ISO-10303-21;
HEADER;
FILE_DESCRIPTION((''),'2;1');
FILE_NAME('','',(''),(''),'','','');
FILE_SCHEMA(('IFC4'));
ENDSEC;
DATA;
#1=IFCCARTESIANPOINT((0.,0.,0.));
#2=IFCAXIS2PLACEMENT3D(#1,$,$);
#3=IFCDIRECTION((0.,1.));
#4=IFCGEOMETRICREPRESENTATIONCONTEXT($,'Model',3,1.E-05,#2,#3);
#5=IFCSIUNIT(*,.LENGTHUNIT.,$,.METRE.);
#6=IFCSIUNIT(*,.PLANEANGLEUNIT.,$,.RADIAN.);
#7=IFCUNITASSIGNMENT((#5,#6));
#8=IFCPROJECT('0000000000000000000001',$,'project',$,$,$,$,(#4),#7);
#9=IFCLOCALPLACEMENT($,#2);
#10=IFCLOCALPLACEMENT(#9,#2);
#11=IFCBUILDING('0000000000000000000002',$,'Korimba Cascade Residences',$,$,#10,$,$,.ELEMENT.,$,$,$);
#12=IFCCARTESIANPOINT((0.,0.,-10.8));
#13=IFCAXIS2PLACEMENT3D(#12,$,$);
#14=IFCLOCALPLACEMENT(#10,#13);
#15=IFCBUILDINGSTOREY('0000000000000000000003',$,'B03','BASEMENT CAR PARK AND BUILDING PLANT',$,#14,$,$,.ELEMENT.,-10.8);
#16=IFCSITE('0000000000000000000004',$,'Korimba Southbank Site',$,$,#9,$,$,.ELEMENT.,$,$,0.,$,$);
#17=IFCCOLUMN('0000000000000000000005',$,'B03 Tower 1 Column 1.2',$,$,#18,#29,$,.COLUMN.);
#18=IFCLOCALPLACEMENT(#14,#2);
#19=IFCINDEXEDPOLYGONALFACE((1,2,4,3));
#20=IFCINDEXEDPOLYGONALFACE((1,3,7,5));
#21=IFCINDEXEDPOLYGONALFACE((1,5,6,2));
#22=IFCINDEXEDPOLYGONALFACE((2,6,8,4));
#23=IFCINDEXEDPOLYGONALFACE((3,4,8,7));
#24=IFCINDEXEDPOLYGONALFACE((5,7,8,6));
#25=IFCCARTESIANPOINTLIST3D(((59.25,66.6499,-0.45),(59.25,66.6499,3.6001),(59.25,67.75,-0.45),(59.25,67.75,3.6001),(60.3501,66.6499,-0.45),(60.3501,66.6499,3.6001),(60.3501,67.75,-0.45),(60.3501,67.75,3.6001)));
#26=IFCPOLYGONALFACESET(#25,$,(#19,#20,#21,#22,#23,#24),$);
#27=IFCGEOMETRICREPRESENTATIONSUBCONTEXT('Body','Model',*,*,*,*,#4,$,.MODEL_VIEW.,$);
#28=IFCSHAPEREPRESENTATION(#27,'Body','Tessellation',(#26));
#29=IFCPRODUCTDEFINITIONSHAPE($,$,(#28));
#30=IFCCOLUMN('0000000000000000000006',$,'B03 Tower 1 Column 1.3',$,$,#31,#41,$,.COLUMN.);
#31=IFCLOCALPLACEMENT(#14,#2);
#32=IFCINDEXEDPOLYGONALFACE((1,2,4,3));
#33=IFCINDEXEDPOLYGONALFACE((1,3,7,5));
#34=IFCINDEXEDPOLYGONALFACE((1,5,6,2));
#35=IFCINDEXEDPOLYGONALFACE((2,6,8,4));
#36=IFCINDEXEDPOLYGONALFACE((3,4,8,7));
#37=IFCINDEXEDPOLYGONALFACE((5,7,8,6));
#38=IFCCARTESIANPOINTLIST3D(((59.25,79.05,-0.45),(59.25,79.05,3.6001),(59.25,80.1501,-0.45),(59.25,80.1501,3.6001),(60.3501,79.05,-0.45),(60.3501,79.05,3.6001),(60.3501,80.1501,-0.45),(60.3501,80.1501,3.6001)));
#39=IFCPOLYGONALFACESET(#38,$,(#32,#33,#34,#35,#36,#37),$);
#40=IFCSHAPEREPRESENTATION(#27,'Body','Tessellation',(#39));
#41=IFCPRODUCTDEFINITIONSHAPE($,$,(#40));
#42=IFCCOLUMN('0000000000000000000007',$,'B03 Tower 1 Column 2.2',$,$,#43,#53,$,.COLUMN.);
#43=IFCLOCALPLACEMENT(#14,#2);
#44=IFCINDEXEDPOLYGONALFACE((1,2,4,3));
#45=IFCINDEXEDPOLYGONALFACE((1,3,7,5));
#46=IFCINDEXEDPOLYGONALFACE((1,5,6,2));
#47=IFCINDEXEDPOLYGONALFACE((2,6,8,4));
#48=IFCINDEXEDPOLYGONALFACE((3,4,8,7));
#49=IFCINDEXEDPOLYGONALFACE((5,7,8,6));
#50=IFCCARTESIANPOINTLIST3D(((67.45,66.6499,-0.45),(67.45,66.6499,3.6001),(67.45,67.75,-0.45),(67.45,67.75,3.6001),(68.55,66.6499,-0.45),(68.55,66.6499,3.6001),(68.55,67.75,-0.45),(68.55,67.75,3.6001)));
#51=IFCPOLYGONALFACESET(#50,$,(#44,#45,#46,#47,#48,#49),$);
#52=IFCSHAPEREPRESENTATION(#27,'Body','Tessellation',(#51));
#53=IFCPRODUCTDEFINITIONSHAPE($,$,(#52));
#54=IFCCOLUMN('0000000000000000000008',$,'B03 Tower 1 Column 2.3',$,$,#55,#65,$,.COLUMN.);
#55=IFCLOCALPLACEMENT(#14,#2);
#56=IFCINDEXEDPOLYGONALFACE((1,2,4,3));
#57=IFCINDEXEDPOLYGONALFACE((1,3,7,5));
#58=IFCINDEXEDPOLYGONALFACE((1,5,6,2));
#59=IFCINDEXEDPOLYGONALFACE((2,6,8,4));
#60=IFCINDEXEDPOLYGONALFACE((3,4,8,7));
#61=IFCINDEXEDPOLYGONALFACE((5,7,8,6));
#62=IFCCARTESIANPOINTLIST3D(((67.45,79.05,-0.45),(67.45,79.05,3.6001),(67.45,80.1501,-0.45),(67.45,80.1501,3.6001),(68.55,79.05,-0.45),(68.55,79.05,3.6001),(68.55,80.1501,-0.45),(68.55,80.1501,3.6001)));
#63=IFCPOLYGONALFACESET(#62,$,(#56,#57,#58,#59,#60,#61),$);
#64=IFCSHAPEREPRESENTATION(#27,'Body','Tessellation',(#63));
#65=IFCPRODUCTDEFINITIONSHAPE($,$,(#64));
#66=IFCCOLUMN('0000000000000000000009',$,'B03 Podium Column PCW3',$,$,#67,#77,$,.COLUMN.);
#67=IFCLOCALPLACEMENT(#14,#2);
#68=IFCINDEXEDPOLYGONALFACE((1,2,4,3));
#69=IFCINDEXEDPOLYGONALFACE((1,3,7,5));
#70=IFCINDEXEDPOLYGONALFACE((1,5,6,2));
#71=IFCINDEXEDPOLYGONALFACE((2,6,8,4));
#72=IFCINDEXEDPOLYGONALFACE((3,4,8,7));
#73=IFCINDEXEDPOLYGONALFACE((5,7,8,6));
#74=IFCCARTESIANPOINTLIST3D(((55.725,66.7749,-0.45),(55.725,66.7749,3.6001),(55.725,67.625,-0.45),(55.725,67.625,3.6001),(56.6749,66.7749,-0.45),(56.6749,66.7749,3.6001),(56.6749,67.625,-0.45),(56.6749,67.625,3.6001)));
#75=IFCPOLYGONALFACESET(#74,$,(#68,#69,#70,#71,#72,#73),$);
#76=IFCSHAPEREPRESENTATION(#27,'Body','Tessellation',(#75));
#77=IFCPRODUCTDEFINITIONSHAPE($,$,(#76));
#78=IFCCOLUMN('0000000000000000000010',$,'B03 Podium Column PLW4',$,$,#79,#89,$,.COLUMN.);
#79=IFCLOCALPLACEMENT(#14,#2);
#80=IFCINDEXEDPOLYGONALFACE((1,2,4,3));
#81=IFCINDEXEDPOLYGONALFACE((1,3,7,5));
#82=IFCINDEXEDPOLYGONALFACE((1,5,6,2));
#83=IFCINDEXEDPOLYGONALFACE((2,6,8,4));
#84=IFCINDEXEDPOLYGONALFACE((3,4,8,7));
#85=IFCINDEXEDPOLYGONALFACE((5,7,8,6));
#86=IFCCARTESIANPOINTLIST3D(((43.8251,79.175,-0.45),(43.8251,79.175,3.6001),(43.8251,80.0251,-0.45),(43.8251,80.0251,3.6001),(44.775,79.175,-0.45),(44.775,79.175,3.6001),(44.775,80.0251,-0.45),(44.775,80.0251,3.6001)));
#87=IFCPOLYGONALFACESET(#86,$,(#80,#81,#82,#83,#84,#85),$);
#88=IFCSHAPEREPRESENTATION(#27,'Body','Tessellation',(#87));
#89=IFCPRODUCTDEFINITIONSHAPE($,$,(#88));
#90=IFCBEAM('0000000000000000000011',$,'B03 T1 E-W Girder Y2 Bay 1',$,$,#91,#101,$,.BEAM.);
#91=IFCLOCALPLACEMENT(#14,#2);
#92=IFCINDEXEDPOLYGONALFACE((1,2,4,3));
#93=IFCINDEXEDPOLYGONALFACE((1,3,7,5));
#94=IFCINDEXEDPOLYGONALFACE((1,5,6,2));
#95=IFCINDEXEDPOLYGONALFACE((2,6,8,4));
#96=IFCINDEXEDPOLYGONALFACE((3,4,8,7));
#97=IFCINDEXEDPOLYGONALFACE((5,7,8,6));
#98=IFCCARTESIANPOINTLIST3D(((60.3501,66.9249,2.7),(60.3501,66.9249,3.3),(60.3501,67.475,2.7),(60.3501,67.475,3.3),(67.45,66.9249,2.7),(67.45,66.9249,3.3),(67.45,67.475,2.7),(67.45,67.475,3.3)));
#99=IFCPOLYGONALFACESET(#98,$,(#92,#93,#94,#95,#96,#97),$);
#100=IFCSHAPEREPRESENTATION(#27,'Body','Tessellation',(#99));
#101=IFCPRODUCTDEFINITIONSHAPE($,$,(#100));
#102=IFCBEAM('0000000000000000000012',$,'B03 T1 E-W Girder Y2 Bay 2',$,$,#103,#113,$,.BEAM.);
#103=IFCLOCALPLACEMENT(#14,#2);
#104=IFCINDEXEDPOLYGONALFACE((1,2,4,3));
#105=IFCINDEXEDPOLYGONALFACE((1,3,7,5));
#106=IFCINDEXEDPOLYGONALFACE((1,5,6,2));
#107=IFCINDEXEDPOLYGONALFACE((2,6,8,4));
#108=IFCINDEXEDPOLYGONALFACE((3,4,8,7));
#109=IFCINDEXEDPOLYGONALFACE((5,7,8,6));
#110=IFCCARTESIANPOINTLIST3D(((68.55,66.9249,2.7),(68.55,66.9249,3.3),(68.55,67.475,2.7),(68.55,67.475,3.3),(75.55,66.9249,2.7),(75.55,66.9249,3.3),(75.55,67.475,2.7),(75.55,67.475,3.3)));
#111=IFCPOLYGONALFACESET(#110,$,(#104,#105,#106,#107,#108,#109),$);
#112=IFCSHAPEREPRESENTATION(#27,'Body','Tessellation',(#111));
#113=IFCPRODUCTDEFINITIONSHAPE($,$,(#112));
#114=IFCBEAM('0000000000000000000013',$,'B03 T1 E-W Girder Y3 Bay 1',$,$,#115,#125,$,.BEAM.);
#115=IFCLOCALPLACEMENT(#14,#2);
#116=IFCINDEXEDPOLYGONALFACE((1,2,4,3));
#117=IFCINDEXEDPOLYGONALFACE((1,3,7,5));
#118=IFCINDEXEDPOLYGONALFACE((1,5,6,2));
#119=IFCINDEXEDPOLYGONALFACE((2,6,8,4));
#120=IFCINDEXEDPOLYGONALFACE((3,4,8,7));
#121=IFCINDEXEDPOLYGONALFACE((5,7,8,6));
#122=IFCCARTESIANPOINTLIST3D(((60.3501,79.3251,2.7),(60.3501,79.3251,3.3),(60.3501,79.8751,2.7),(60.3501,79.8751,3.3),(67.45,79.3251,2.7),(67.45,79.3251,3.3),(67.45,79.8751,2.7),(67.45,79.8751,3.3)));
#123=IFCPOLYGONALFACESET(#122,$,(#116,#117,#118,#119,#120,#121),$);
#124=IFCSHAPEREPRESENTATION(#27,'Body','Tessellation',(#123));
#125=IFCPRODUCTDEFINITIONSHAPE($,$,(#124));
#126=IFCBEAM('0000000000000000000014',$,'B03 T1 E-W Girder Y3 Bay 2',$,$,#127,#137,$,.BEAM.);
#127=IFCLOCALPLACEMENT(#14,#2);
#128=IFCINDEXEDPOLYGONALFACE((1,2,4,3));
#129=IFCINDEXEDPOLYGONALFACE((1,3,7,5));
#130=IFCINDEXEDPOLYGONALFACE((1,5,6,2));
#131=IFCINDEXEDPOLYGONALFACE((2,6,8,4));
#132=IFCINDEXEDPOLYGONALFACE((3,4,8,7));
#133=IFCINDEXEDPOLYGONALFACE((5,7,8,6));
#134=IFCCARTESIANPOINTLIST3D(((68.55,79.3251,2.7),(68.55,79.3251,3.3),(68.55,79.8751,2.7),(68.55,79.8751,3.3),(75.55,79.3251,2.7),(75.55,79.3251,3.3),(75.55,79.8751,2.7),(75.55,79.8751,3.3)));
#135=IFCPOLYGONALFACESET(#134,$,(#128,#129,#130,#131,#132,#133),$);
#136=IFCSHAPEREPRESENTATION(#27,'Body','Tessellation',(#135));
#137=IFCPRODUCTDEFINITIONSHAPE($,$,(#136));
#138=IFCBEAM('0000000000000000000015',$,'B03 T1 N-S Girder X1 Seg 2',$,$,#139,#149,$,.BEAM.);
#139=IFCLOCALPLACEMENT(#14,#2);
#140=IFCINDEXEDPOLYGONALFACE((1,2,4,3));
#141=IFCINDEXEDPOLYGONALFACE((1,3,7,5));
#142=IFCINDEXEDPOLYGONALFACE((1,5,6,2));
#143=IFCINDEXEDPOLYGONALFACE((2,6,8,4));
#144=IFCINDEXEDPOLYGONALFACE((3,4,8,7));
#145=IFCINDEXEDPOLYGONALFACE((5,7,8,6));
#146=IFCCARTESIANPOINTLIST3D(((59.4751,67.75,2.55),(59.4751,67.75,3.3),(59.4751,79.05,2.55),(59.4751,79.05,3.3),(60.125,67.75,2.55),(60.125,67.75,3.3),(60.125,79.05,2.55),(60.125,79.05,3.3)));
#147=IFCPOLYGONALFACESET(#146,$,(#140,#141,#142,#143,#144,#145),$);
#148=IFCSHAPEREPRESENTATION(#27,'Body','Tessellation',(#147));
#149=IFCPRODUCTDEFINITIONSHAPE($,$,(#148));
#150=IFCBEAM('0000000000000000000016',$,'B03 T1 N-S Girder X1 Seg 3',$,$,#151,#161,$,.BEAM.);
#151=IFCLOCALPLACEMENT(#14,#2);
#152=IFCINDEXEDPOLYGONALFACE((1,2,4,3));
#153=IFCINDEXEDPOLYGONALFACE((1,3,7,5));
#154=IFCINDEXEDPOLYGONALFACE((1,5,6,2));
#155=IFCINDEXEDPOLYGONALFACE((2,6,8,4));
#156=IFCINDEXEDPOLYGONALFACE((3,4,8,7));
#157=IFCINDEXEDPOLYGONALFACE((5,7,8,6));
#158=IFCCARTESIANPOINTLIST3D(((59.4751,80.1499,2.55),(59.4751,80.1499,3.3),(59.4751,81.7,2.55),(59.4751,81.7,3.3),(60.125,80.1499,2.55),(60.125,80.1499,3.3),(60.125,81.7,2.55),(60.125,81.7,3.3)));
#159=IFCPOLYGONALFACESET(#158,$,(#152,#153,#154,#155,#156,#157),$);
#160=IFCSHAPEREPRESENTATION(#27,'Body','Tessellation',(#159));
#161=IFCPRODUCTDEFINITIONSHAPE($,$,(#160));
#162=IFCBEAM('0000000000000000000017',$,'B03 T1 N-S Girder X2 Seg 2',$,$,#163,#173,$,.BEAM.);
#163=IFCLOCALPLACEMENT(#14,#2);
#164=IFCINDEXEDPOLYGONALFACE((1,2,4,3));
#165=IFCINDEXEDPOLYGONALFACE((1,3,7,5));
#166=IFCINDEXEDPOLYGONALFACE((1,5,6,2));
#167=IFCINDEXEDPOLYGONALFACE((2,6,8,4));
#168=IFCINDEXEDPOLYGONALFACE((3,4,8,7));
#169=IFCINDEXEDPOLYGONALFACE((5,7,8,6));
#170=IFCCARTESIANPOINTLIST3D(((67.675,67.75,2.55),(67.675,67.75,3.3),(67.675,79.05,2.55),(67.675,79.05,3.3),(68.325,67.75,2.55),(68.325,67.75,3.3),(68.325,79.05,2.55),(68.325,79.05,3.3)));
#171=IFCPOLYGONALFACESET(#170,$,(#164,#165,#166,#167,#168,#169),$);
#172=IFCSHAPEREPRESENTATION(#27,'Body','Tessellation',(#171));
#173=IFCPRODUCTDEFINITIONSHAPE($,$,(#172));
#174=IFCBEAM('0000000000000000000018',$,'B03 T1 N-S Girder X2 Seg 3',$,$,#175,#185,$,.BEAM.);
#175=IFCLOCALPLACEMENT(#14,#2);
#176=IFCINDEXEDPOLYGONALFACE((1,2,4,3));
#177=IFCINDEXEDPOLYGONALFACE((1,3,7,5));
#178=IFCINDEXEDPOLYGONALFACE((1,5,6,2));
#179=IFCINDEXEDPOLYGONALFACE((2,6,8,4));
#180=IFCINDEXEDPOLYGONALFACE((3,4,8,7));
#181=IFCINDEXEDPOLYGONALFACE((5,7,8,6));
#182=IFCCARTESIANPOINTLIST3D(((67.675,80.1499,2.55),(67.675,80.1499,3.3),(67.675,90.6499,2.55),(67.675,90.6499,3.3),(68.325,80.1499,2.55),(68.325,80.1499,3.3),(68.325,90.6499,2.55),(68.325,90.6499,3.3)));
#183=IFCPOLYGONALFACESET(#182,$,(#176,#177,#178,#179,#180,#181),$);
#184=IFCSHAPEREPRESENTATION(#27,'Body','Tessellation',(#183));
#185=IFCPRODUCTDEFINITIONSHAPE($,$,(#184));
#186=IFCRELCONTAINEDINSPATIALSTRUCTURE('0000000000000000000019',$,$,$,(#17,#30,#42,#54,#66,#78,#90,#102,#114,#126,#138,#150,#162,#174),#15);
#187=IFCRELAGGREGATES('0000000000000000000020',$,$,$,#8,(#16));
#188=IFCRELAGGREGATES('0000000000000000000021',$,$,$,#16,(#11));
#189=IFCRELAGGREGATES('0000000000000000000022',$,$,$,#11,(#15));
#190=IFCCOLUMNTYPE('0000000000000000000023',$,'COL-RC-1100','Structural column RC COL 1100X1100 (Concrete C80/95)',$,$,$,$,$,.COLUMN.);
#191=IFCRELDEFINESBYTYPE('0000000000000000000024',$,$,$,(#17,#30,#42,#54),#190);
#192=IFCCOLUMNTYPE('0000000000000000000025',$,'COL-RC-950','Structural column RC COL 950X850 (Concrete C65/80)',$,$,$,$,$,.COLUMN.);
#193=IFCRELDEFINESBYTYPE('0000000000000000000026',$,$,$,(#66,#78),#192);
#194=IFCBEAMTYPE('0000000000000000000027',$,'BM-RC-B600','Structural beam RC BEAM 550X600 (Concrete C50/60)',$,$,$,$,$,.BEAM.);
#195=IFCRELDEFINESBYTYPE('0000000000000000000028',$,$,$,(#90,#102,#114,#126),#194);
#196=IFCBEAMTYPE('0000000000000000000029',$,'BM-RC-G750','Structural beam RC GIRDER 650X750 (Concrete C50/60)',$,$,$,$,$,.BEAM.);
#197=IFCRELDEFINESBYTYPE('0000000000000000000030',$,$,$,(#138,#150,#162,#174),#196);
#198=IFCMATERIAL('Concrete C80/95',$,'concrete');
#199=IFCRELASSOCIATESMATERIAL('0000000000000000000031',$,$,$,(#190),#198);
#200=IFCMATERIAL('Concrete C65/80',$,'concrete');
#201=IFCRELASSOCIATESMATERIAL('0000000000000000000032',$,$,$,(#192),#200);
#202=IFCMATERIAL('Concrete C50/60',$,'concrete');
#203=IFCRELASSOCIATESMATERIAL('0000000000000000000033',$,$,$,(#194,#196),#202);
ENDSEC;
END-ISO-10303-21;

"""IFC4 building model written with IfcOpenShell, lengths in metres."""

from ifc_helpers import new_model, si_unit, direction, frame, origin, origin_2d, place, context, subcontext, project, spatial, rectangle, extrude, material, material_profile, profile_set, type_object, element, save


model = new_model("IFC4")

# Units and contexts
model_context = context("Model", 3, precision=1e-05, world=origin(), true_north=direction((0.0, 1.0)))
body_context = subcontext(model_context, "Body", "Model", "MODEL_VIEW")
ifc_project = project(units=[si_unit("LENGTHUNIT", "METRE"), si_unit("PLANEANGLEUNIT", "RADIAN")], contexts=[model_context])

# Site, building, storey
site_placement = place(None, origin())
site = spatial("IfcSite", under=ifc_project, at=site_placement, Name="Korimba Southbank Site", CompositionType="ELEMENT", RefElevation=0.0)
building_placement = place(site_placement, origin())
building = spatial("IfcBuilding", under=site, at=building_placement, Name="Korimba Cascade Residences", CompositionType="ELEMENT")
storey_placement = place(building_placement, frame((0.0, 0.0, -10.8)))
storey = spatial("IfcBuildingStorey", under=building, at=storey_placement, Name="B03", Description="BASEMENT CAR PARK AND BUILDING PLANT", CompositionType="ELEMENT", Elevation=-10.8)

# Shared definitions
ifc_material_1 = material(Name="Concrete C50/60", Category="concrete")

# Columns
ifc_material_2 = material(Name="Concrete C80/95", Category="concrete")
ifc_material_profile_1 = material_profile(ifc_material_2, rectangle(XDim=1.1001, YDim=1.1001, at=origin_2d()), Name="Concrete C80/95")
ifc_profile_set_1 = profile_set([ifc_material_profile_1], Name="Concrete C80/95")
column_type_1 = type_object("IfcColumnType", Name="COL-RC-1100", Description="Structural column RC COL 1100X1100 (Concrete C80/95)", PredefinedType="COLUMN", material=ifc_profile_set_1)
for number, where, z_axis, x_axis, name in (
    (1, (59.8, 67.2, -0.45), (0.0, 0.0, 1.0), (1.0, 0.0, 0.0), "B03 Tower 1 Column 1.2"),
    (2, (59.8, 79.6001, -0.45), (0.0, 0.0, 1.0), (1.0, 0.0, 0.0), "B03 Tower 1 Column 1.3"),
    (3, (68.0, 67.2, -0.45), (0.0, 0.0, 1.0), (1.0, 0.0, 0.0), "B03 Tower 1 Column 2.2"),
    (4, (68.0, 79.6001, -0.45), (0.0, 0.0, 1.0), (1.0, 0.0, 0.0), "B03 Tower 1 Column 2.3"),
):
    element("IfcColumn", number, at=place(storey_placement, frame(where, z_axis=z_axis, x_axis=x_axis)), inside=storey, type_object=column_type_1, Name=name, PredefinedType="COLUMN", context=body_context, shape_type="SweptSolid", body=[
        extrude(rectangle(XDim=1.1001, YDim=1.1001, at=origin_2d()), origin(), (0.0, 0.0, 1.0), 4.05),
    ])
ifc_material_3 = material(Name="Concrete C65/80", Category="concrete")
ifc_material_profile_2 = material_profile(ifc_material_3, rectangle(XDim=0.95, YDim=0.8501, at=origin_2d()), Name="Concrete C65/80")
ifc_profile_set_2 = profile_set([ifc_material_profile_2], Name="Concrete C65/80")
column_type_2 = type_object("IfcColumnType", Name="COL-RC-950", Description="Structural column RC COL 950X850 (Concrete C65/80)", PredefinedType="COLUMN", material=ifc_profile_set_2)
for number, where, z_axis, x_axis, name in (
    (5, (56.2, 67.2, -0.45), (0.0, 0.0, 1.0), (1.0, 0.0, 0.0), "B03 Podium Column PCW3"),
    (6, (44.3, 79.6001, -0.45), (0.0, 0.0, 1.0), (1.0, 0.0, 0.0), "B03 Podium Column PLW4"),
):
    element("IfcColumn", number, at=place(storey_placement, frame(where, z_axis=z_axis, x_axis=x_axis)), inside=storey, type_object=column_type_2, Name=name, PredefinedType="COLUMN", context=body_context, shape_type="SweptSolid", body=[
        extrude(rectangle(XDim=0.95, YDim=0.8501, at=origin_2d()), origin(), (0.0, 0.0, 1.0), 4.05),
    ])

# Beams
ifc_material_profile_3 = material_profile(ifc_material_1, rectangle(XDim=0.55, YDim=0.6001, at=origin_2d()), Name="Concrete C50/60")
ifc_profile_set_3 = profile_set([ifc_material_profile_3], Name="Concrete C50/60")
beam_type_1 = type_object("IfcBeamType", Name="BM-RC-B600", Description="Structural beam RC BEAM 550X600 (Concrete C50/60)", PredefinedType="BEAM", material=ifc_profile_set_3)
beam_1_placement = place(storey_placement, frame((60.3501, 67.2, 3.0), z_axis=(1.0, 0.0, 0.0), x_axis=(0.0, 1.0, 0.0)))
element("IfcBeam", 7, at=beam_1_placement, inside=storey, type_object=beam_type_1, Name="B03 T1 E-W Girder Y2 Bay 1", PredefinedType="BEAM", context=body_context, shape_type="SweptSolid", body=[
    extrude(rectangle(XDim=0.55, YDim=0.6001, at=origin_2d()), origin(), (0.0, 0.0, 1.0), 7.0999),
])
beam_2_placement = place(storey_placement, frame((68.55, 67.2, 3.0), z_axis=(1.0, 0.0, 0.0), x_axis=(0.0, 1.0, 0.0)))
element("IfcBeam", 8, at=beam_2_placement, inside=storey, type_object=beam_type_1, Name="B03 T1 E-W Girder Y2 Bay 2", PredefinedType="BEAM", context=body_context, shape_type="SweptSolid", body=[
    extrude(rectangle(XDim=0.55, YDim=0.6001, at=origin_2d()), origin(), (0.0, 0.0, 1.0), 7.0),
])
beam_3_placement = place(storey_placement, frame((60.3501, 79.6001, 3.0), z_axis=(1.0, 0.0, 0.0), x_axis=(0.0, 1.0, 0.0)))
element("IfcBeam", 9, at=beam_3_placement, inside=storey, type_object=beam_type_1, Name="B03 T1 E-W Girder Y3 Bay 1", PredefinedType="BEAM", context=body_context, shape_type="SweptSolid", body=[
    extrude(rectangle(XDim=0.55, YDim=0.6001, at=origin_2d()), origin(), (0.0, 0.0, 1.0), 7.0999),
])
beam_4_placement = place(storey_placement, frame((68.55, 79.6001, 3.0), z_axis=(1.0, 0.0, 0.0), x_axis=(0.0, 1.0, 0.0)))
element("IfcBeam", 10, at=beam_4_placement, inside=storey, type_object=beam_type_1, Name="B03 T1 E-W Girder Y3 Bay 2", PredefinedType="BEAM", context=body_context, shape_type="SweptSolid", body=[
    extrude(rectangle(XDim=0.55, YDim=0.6001, at=origin_2d()), origin(), (0.0, 0.0, 1.0), 7.0),
])
ifc_material_profile_4 = material_profile(ifc_material_1, rectangle(XDim=0.6499, YDim=0.75, at=origin_2d()), Name="Concrete C50/60")
ifc_profile_set_4 = profile_set([ifc_material_profile_4], Name="Concrete C50/60")
beam_type_2 = type_object("IfcBeamType", Name="BM-RC-G750", Description="Structural beam RC GIRDER 650X750 (Concrete C50/60)", PredefinedType="BEAM", material=ifc_profile_set_4)
beam_5_placement = place(storey_placement, frame((59.8, 67.75, 2.925), z_axis=(0.0, 1.0, 0.0), x_axis=(-1.0, 0.0, 0.0)))
element("IfcBeam", 11, at=beam_5_placement, inside=storey, type_object=beam_type_2, Name="B03 T1 N-S Girder X1 Seg 2", PredefinedType="BEAM", context=body_context, shape_type="SweptSolid", body=[
    extrude(rectangle(XDim=0.6499, YDim=0.75, at=origin_2d()), origin(), (0.0, 0.0, 1.0), 11.3),
])
beam_6_placement = place(storey_placement, frame((59.8, 80.1499, 2.925), z_axis=(0.0, 1.0, 0.0), x_axis=(-1.0, 0.0, 0.0)))
element("IfcBeam", 12, at=beam_6_placement, inside=storey, type_object=beam_type_2, Name="B03 T1 N-S Girder X1 Seg 3", PredefinedType="BEAM", context=body_context, shape_type="SweptSolid", body=[
    extrude(rectangle(XDim=0.6499, YDim=0.75, at=origin_2d()), origin(), (0.0, 0.0, 1.0), 1.55),
])
beam_7_placement = place(storey_placement, frame((68.0, 67.75, 2.925), z_axis=(0.0, 1.0, 0.0), x_axis=(-1.0, 0.0, 0.0)))
element("IfcBeam", 13, at=beam_7_placement, inside=storey, type_object=beam_type_2, Name="B03 T1 N-S Girder X2 Seg 2", PredefinedType="BEAM", context=body_context, shape_type="SweptSolid", body=[
    extrude(rectangle(XDim=0.6499, YDim=0.75, at=origin_2d()), origin(), (0.0, 0.0, 1.0), 11.3),
])
beam_8_placement = place(storey_placement, frame((68.0, 80.1499, 2.925), z_axis=(0.0, 1.0, 0.0), x_axis=(-1.0, 0.0, 0.0)))
element("IfcBeam", 14, at=beam_8_placement, inside=storey, type_object=beam_type_2, Name="B03 T1 N-S Girder X2 Seg 3", PredefinedType="BEAM", context=body_context, shape_type="SweptSolid", body=[
    extrude(rectangle(XDim=0.6499, YDim=0.75, at=origin_2d()), origin(), (0.0, 0.0, 1.0), 10.5),
])

save(model, "model.ifc")
